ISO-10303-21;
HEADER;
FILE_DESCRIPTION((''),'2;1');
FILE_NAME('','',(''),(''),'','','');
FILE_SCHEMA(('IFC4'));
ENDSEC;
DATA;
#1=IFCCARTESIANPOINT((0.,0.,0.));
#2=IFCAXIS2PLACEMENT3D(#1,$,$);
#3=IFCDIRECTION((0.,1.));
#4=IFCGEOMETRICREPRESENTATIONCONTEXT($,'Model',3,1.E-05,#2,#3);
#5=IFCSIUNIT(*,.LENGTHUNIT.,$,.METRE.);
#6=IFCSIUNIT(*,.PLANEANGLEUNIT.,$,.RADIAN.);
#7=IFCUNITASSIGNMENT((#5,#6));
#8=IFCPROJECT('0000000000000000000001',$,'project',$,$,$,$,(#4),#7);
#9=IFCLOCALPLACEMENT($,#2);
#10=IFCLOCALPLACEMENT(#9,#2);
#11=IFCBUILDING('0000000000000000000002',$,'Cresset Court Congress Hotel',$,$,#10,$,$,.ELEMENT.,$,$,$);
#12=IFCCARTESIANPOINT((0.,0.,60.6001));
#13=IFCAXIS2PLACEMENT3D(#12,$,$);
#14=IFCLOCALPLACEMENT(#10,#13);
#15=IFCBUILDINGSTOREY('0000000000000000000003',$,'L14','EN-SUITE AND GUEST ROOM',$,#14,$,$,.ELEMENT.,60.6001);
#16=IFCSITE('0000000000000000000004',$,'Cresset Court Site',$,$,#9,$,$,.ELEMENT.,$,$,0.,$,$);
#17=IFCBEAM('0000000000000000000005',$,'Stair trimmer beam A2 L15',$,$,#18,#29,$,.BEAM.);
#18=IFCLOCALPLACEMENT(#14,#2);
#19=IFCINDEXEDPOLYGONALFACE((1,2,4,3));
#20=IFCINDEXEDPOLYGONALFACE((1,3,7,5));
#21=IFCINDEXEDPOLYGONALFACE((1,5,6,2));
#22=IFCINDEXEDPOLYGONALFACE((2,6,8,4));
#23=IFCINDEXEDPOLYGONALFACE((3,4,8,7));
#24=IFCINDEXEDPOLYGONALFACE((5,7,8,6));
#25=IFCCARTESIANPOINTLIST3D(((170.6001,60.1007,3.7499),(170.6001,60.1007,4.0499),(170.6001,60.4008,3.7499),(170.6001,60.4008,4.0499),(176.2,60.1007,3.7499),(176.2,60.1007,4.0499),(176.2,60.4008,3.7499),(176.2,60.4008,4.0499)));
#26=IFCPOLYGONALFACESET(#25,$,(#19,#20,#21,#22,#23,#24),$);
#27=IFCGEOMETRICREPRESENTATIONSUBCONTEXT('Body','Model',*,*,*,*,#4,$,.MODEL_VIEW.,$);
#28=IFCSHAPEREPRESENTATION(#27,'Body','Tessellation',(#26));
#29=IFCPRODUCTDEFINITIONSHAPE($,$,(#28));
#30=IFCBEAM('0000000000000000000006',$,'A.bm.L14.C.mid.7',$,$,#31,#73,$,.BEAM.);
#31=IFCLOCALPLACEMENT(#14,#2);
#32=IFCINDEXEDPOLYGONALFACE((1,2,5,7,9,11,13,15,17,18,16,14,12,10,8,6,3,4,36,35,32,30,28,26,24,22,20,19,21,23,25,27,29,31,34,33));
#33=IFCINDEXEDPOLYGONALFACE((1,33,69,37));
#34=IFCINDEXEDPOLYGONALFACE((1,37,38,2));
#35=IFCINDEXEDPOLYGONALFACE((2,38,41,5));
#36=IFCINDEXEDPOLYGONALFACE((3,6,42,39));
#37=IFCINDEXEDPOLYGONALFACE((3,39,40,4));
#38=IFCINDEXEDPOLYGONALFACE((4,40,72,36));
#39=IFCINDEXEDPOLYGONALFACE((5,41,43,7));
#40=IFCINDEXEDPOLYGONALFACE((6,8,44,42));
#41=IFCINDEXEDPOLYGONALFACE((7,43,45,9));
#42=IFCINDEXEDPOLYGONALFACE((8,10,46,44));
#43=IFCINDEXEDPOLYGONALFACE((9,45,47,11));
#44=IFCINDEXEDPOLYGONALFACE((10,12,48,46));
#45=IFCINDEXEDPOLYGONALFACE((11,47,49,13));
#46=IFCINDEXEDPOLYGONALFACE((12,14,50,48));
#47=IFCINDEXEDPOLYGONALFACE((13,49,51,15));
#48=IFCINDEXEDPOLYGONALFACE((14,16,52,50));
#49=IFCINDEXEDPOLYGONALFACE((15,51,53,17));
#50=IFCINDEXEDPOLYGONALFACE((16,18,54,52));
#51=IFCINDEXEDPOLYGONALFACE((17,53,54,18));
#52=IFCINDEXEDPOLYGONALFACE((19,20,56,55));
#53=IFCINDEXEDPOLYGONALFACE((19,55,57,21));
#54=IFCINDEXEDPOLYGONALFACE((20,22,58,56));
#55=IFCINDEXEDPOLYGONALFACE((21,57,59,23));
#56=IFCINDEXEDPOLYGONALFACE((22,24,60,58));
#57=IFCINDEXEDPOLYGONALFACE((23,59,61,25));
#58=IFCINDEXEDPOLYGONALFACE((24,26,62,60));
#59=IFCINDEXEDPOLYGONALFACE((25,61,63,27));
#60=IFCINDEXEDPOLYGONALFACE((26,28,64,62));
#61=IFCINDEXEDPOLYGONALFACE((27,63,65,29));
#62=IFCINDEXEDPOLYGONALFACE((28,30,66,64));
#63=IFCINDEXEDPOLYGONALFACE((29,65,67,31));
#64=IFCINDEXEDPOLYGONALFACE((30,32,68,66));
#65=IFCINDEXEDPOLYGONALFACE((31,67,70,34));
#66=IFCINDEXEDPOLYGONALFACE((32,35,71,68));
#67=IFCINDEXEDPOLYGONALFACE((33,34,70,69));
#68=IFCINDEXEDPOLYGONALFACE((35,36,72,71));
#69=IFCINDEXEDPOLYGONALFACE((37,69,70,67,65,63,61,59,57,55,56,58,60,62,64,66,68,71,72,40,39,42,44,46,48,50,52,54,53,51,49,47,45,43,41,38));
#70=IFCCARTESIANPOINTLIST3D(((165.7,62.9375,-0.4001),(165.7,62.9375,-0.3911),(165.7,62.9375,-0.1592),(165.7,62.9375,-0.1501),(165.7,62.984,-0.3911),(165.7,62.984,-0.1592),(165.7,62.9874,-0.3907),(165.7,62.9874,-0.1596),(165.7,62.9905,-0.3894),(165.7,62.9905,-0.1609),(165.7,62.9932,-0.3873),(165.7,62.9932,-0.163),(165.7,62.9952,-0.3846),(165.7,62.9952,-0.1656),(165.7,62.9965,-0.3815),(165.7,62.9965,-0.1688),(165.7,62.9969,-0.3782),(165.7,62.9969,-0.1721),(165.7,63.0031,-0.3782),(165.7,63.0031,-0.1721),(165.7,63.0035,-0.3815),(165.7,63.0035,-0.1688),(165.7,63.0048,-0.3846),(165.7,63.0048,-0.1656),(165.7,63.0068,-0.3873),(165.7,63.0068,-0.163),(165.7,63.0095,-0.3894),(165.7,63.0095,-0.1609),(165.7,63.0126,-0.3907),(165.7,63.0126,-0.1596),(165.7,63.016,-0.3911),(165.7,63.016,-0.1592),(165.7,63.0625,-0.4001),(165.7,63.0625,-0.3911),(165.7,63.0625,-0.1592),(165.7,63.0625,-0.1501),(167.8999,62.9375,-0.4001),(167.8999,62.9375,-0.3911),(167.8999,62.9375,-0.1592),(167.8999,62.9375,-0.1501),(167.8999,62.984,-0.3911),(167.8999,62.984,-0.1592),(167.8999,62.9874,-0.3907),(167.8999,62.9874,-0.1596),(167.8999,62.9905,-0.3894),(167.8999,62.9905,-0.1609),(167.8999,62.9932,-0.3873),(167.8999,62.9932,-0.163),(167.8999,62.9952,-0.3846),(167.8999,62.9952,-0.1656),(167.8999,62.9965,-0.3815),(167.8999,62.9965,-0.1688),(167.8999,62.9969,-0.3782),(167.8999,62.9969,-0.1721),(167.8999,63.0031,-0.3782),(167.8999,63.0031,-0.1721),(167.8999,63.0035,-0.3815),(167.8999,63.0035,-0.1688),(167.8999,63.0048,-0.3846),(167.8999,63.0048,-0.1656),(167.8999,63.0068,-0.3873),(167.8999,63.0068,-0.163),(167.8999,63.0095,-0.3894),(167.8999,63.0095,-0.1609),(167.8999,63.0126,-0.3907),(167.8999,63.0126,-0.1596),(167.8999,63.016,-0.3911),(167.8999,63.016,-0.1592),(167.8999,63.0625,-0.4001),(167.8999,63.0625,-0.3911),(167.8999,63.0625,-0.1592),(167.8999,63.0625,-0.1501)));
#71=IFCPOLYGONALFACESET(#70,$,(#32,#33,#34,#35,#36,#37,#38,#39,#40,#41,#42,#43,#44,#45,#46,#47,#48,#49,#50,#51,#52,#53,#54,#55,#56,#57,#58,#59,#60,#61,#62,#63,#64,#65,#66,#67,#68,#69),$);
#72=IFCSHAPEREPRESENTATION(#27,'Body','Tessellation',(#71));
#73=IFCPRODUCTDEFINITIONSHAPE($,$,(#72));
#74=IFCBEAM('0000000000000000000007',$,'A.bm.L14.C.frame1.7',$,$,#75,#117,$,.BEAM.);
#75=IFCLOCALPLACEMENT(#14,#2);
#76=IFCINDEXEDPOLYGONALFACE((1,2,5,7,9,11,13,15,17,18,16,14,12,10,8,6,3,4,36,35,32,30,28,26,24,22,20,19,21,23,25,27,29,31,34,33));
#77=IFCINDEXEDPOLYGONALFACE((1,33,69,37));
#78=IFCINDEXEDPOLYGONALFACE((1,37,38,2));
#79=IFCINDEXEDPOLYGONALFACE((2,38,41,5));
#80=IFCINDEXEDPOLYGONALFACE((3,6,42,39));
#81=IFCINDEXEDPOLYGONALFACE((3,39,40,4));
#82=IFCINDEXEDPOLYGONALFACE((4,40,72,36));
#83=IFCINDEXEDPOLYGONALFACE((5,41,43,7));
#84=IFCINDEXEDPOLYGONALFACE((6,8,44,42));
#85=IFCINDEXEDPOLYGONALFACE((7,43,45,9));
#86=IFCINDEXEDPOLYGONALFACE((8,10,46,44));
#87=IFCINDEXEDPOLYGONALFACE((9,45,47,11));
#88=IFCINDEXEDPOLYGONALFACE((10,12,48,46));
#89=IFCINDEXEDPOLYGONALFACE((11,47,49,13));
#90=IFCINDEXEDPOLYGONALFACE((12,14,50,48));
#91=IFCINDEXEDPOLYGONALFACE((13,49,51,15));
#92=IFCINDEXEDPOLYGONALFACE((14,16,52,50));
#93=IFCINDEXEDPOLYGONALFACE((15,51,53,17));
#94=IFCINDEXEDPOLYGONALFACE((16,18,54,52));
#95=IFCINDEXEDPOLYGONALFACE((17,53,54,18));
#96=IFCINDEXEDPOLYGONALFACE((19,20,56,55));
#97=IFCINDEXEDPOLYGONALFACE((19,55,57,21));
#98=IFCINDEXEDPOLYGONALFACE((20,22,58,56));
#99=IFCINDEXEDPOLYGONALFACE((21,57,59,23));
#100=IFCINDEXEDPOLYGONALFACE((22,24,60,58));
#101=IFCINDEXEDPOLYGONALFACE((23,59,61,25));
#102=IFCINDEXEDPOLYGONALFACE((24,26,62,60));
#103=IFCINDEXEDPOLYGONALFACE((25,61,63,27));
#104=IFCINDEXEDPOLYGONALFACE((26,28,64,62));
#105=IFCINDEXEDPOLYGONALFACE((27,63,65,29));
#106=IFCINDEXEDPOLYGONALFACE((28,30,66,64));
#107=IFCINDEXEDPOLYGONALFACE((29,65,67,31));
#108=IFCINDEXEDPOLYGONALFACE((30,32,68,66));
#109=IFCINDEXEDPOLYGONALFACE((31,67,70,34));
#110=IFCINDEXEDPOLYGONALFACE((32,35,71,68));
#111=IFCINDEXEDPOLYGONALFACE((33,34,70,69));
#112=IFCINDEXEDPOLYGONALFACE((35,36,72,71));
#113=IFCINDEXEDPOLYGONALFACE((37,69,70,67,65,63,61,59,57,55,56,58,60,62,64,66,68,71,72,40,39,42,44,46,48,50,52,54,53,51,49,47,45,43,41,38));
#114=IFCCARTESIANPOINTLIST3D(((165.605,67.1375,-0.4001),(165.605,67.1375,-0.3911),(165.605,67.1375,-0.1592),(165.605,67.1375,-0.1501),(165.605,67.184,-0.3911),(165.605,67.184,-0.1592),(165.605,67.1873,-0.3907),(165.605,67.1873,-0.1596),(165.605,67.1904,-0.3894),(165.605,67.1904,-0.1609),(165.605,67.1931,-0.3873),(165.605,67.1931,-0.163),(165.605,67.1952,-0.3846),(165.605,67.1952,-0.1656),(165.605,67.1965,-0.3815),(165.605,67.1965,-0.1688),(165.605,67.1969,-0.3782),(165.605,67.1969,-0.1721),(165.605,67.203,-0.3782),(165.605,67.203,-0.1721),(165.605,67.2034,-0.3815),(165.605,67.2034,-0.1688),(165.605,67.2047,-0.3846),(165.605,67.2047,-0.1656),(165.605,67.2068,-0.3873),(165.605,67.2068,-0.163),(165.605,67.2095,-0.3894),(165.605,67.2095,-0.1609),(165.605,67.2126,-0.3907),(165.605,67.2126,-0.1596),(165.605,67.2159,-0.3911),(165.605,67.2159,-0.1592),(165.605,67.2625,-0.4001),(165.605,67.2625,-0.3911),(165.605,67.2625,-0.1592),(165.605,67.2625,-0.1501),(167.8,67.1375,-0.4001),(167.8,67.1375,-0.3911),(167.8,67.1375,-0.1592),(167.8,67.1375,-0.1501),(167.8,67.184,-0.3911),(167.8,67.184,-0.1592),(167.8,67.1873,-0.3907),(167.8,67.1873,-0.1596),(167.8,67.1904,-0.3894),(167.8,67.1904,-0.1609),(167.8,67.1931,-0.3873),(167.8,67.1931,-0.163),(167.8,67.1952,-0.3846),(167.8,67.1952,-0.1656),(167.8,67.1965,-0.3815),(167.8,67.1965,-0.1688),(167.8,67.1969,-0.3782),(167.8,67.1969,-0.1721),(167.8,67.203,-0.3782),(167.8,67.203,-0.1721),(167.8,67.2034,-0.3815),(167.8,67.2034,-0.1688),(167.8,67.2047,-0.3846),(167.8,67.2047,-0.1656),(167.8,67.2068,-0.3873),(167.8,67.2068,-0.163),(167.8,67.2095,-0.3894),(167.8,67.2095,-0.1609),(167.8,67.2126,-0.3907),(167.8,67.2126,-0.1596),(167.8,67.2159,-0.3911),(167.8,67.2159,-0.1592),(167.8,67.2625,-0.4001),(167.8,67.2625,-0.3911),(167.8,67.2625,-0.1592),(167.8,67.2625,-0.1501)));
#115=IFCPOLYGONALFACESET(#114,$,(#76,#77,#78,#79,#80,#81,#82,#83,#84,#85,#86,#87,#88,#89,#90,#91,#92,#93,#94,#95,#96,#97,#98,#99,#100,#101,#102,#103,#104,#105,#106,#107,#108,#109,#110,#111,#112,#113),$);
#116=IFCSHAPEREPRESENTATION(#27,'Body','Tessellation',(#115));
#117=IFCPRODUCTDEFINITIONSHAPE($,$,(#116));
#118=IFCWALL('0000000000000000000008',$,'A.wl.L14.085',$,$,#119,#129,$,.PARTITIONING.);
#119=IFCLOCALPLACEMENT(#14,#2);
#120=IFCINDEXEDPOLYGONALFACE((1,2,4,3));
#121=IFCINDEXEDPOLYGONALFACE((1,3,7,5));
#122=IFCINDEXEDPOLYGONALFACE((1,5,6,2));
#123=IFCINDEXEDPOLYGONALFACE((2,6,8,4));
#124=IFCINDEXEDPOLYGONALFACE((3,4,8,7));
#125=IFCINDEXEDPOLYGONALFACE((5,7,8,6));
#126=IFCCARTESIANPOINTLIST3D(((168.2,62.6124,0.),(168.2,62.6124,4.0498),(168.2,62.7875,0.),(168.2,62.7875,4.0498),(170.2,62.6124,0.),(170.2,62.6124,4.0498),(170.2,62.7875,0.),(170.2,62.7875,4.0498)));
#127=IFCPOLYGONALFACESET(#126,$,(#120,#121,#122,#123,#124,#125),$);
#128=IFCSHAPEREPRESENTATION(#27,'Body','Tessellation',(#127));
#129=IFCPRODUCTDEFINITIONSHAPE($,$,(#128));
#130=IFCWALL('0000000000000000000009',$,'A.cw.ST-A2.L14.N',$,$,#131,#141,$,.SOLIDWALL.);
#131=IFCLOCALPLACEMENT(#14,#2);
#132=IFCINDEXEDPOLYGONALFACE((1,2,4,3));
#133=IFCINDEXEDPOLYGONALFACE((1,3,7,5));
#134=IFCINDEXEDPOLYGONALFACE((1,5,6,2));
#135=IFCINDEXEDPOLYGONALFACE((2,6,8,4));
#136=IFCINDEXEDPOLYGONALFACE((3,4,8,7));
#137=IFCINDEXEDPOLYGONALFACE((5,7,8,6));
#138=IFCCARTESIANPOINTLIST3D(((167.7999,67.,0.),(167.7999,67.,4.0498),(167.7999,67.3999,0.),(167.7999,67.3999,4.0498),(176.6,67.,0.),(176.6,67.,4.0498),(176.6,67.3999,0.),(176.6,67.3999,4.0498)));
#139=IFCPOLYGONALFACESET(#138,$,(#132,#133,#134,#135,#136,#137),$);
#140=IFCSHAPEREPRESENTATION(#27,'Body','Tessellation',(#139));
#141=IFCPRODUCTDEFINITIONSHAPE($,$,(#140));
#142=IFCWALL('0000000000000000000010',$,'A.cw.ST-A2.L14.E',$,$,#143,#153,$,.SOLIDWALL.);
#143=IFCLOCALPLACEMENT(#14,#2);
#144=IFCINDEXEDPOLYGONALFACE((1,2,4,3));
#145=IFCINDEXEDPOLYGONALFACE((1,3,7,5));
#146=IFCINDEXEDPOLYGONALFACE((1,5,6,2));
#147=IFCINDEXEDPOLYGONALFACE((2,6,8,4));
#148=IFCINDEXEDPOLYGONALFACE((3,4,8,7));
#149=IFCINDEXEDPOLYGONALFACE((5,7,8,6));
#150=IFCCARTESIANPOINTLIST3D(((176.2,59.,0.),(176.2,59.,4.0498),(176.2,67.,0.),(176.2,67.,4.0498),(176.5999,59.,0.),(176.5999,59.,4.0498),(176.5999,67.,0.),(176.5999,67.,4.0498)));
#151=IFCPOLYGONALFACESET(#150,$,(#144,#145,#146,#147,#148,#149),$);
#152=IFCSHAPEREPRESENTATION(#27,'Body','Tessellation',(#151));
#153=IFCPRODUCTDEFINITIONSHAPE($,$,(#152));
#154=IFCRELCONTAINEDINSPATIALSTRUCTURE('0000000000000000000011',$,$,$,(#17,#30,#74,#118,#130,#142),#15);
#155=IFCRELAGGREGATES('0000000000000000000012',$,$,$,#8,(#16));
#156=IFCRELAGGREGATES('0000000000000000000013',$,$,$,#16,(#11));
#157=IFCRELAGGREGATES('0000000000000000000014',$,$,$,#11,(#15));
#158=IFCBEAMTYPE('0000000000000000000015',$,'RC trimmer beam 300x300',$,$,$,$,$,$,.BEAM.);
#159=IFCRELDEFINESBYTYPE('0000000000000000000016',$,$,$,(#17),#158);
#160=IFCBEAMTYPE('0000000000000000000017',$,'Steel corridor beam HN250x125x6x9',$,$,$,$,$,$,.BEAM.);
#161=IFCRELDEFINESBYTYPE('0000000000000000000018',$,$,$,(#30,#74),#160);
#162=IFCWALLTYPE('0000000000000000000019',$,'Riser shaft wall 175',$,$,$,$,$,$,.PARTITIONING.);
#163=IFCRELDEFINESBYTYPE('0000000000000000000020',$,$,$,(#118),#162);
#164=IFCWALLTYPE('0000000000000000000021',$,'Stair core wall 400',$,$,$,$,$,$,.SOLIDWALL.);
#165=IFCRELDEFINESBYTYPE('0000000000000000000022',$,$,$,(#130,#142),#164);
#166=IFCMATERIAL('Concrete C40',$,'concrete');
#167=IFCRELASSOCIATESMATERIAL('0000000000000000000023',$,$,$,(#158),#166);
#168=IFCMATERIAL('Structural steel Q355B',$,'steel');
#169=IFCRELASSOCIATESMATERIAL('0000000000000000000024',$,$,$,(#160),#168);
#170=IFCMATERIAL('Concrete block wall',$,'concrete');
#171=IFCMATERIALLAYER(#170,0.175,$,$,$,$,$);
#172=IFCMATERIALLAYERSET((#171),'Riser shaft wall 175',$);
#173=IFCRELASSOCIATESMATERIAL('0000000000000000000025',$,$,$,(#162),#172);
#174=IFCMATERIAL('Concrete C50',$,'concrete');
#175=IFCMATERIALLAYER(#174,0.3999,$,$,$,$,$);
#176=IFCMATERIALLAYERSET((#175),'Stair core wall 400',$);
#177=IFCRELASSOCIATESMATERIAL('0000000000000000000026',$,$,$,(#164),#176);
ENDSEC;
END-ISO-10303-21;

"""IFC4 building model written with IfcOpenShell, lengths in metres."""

from ifc_helpers import new_model, si_unit, direction, frame, frame_2d, origin, origin_2d, place, context, subcontext, project, spatial, rectangle, i_section, extrude, material, layer, layer_set, material_profile, profile_set, type_object, element, save


model = new_model("IFC4")

# Units and contexts
model_context = context("Model", 3, precision=1e-05, world=origin(), true_north=direction((0.0, 1.0)))
body_context = subcontext(model_context, "Body", "Model", "MODEL_VIEW")
ifc_project = project(units=[si_unit("LENGTHUNIT", "METRE"), si_unit("PLANEANGLEUNIT", "RADIAN")], contexts=[model_context])

# Site, building, storey
site_placement = place(None, origin())
site = spatial("IfcSite", under=ifc_project, at=site_placement, Name="Cresset Court Site", CompositionType="ELEMENT", RefElevation=0.0)
building_placement = place(site_placement, origin())
building = spatial("IfcBuilding", under=site, at=building_placement, Name="Cresset Court Congress Hotel", CompositionType="ELEMENT")
storey_placement = place(building_placement, frame((0.0, 0.0, 60.6001)))
storey = spatial("IfcBuildingStorey", under=building, at=storey_placement, Name="L14", Description="EN-SUITE AND GUEST ROOM", CompositionType="ELEMENT", Elevation=60.6001)

# Beams
ifc_material_1 = material(Name="Concrete C40", Category="concrete")
ifc_material_profile_1 = material_profile(ifc_material_1, rectangle(XDim=0.3, YDim=0.3, at=origin_2d()), Name="RC300x300")
ifc_profile_set_1 = profile_set([ifc_material_profile_1], Name="Concrete C40")
beam_type_1 = type_object("IfcBeamType", Name="RC trimmer beam 300x300", PredefinedType="BEAM", material=ifc_profile_set_1)
beam_1_placement = place(storey_placement, frame((170.6001, 60.2507, 3.8999), z_axis=(1.0, 0.0, 0.0), x_axis=(0.0, 1.0, 0.0)))
element("IfcBeam", 1, at=beam_1_placement, inside=storey, type_object=beam_type_1, Name="Stair trimmer beam A2 L15", PredefinedType="BEAM", context=body_context, shape_type="SweptSolid", body=[
    extrude(rectangle(XDim=0.3, YDim=0.3, at=origin_2d()), origin(), (0.0, 0.0, 1.0), 5.5999),
])
ifc_material_2 = material(Name="Structural steel Q355B", Category="steel")
ifc_material_profile_2 = material_profile(ifc_material_2, i_section(OverallWidth=0.125, OverallDepth=0.25, WebThickness=0.0061, FlangeThickness=0.009, FilletRadius=0.0129, at=origin_2d()), Name="HN250x125x6x9")
ifc_profile_set_2 = profile_set([ifc_material_profile_2], Name="Structural steel Q355B")
beam_type_2 = type_object("IfcBeamType", Name="Steel corridor beam HN250x125x6x9", PredefinedType="BEAM", material=ifc_profile_set_2)
beam_2_placement = place(storey_placement, frame((165.7, 63.0, -0.2751), z_axis=(1.0, 0.0, 0.0), x_axis=(0.0, 1.0, 0.0)))
element("IfcBeam", 2, at=beam_2_placement, inside=storey, type_object=beam_type_2, Name="A.bm.L14.C.mid.7", PredefinedType="BEAM", context=body_context, shape_type="SweptSolid", body=[
    extrude(i_section(OverallWidth=0.125, OverallDepth=0.25, WebThickness=0.0061, FlangeThickness=0.009, FilletRadius=0.0129, at=origin_2d()), origin(), (0.0, 0.0, 1.0), 2.2),
])
beam_3_placement = place(storey_placement, frame((165.605, 67.2, -0.2751), z_axis=(1.0, 0.0, 0.0), x_axis=(0.0, 1.0, 0.0)))
element("IfcBeam", 3, at=beam_3_placement, inside=storey, type_object=beam_type_2, Name="A.bm.L14.C.frame1.7", PredefinedType="BEAM", context=body_context, shape_type="SweptSolid", body=[
    extrude(i_section(OverallWidth=0.125, OverallDepth=0.25, WebThickness=0.0061, FlangeThickness=0.009, FilletRadius=0.0129, at=origin_2d()), origin(), (0.0, 0.0, 1.0), 2.1951),
])

# Walls
ifc_material_3 = material(Name="Concrete block wall", Category="concrete")
ifc_layer_1 = layer(ifc_material_3, 0.175)
ifc_layer_set_1 = layer_set([ifc_layer_1], Name="Riser shaft wall 175")
wall_type_1 = type_object("IfcWallType", Name="Riser shaft wall 175", PredefinedType="PARTITIONING", material=ifc_layer_set_1)
wall_1_placement = place(storey_placement, frame((168.2, 62.7, 0.0), z_axis=(0.0, 0.0, 1.0), x_axis=(1.0, 0.0, 0.0)))
element("IfcWall", 4, at=wall_1_placement, inside=storey, type_object=wall_type_1, Name="A.wl.L14.085", PredefinedType="PARTITIONING", context=body_context, shape_type="SweptSolid", body=[
    extrude(rectangle(XDim=2.0, YDim=0.175, at=frame_2d((1.0, 0.0))), origin(), (0.0, 0.0, 1.0), 4.0498),
])
ifc_material_4 = material(Name="Concrete C50", Category="concrete")
ifc_layer_2 = layer(ifc_material_4, 0.3999)
ifc_layer_set_2 = layer_set([ifc_layer_2], Name="Stair core wall 400")
wall_type_2 = type_object("IfcWallType", Name="Stair core wall 400", PredefinedType="SOLIDWALL", material=ifc_layer_set_2)
wall_2_placement = place(storey_placement, frame((167.8, 67.2, 0.0), z_axis=(0.0, 0.0, 1.0), x_axis=(1.0, 0.0, 0.0)))
element("IfcWall", 5, at=wall_2_placement, inside=storey, type_object=wall_type_2, Name="A.cw.ST-A2.L14.N", PredefinedType="SOLIDWALL", context=body_context, shape_type="SweptSolid", body=[
    extrude(rectangle(XDim=8.8, YDim=0.3999, at=frame_2d((4.3999, 0.0))), origin(), (0.0, 0.0, 1.0), 4.0498),
])
wall_3_placement = place(storey_placement, frame((176.3999, 59.0, 0.0), z_axis=(0.0, 0.0, 1.0), x_axis=(0.0, 1.0, 0.0)))
element("IfcWall", 6, at=wall_3_placement, inside=storey, type_object=wall_type_2, Name="A.cw.ST-A2.L14.E", PredefinedType="SOLIDWALL", context=body_context, shape_type="SweptSolid", body=[
    extrude(rectangle(XDim=8.0, YDim=0.3999, at=frame_2d((4.0, 0.0))), origin(), (0.0, 0.0, 1.0), 4.0498),
])

save(model, "model.ifc")
